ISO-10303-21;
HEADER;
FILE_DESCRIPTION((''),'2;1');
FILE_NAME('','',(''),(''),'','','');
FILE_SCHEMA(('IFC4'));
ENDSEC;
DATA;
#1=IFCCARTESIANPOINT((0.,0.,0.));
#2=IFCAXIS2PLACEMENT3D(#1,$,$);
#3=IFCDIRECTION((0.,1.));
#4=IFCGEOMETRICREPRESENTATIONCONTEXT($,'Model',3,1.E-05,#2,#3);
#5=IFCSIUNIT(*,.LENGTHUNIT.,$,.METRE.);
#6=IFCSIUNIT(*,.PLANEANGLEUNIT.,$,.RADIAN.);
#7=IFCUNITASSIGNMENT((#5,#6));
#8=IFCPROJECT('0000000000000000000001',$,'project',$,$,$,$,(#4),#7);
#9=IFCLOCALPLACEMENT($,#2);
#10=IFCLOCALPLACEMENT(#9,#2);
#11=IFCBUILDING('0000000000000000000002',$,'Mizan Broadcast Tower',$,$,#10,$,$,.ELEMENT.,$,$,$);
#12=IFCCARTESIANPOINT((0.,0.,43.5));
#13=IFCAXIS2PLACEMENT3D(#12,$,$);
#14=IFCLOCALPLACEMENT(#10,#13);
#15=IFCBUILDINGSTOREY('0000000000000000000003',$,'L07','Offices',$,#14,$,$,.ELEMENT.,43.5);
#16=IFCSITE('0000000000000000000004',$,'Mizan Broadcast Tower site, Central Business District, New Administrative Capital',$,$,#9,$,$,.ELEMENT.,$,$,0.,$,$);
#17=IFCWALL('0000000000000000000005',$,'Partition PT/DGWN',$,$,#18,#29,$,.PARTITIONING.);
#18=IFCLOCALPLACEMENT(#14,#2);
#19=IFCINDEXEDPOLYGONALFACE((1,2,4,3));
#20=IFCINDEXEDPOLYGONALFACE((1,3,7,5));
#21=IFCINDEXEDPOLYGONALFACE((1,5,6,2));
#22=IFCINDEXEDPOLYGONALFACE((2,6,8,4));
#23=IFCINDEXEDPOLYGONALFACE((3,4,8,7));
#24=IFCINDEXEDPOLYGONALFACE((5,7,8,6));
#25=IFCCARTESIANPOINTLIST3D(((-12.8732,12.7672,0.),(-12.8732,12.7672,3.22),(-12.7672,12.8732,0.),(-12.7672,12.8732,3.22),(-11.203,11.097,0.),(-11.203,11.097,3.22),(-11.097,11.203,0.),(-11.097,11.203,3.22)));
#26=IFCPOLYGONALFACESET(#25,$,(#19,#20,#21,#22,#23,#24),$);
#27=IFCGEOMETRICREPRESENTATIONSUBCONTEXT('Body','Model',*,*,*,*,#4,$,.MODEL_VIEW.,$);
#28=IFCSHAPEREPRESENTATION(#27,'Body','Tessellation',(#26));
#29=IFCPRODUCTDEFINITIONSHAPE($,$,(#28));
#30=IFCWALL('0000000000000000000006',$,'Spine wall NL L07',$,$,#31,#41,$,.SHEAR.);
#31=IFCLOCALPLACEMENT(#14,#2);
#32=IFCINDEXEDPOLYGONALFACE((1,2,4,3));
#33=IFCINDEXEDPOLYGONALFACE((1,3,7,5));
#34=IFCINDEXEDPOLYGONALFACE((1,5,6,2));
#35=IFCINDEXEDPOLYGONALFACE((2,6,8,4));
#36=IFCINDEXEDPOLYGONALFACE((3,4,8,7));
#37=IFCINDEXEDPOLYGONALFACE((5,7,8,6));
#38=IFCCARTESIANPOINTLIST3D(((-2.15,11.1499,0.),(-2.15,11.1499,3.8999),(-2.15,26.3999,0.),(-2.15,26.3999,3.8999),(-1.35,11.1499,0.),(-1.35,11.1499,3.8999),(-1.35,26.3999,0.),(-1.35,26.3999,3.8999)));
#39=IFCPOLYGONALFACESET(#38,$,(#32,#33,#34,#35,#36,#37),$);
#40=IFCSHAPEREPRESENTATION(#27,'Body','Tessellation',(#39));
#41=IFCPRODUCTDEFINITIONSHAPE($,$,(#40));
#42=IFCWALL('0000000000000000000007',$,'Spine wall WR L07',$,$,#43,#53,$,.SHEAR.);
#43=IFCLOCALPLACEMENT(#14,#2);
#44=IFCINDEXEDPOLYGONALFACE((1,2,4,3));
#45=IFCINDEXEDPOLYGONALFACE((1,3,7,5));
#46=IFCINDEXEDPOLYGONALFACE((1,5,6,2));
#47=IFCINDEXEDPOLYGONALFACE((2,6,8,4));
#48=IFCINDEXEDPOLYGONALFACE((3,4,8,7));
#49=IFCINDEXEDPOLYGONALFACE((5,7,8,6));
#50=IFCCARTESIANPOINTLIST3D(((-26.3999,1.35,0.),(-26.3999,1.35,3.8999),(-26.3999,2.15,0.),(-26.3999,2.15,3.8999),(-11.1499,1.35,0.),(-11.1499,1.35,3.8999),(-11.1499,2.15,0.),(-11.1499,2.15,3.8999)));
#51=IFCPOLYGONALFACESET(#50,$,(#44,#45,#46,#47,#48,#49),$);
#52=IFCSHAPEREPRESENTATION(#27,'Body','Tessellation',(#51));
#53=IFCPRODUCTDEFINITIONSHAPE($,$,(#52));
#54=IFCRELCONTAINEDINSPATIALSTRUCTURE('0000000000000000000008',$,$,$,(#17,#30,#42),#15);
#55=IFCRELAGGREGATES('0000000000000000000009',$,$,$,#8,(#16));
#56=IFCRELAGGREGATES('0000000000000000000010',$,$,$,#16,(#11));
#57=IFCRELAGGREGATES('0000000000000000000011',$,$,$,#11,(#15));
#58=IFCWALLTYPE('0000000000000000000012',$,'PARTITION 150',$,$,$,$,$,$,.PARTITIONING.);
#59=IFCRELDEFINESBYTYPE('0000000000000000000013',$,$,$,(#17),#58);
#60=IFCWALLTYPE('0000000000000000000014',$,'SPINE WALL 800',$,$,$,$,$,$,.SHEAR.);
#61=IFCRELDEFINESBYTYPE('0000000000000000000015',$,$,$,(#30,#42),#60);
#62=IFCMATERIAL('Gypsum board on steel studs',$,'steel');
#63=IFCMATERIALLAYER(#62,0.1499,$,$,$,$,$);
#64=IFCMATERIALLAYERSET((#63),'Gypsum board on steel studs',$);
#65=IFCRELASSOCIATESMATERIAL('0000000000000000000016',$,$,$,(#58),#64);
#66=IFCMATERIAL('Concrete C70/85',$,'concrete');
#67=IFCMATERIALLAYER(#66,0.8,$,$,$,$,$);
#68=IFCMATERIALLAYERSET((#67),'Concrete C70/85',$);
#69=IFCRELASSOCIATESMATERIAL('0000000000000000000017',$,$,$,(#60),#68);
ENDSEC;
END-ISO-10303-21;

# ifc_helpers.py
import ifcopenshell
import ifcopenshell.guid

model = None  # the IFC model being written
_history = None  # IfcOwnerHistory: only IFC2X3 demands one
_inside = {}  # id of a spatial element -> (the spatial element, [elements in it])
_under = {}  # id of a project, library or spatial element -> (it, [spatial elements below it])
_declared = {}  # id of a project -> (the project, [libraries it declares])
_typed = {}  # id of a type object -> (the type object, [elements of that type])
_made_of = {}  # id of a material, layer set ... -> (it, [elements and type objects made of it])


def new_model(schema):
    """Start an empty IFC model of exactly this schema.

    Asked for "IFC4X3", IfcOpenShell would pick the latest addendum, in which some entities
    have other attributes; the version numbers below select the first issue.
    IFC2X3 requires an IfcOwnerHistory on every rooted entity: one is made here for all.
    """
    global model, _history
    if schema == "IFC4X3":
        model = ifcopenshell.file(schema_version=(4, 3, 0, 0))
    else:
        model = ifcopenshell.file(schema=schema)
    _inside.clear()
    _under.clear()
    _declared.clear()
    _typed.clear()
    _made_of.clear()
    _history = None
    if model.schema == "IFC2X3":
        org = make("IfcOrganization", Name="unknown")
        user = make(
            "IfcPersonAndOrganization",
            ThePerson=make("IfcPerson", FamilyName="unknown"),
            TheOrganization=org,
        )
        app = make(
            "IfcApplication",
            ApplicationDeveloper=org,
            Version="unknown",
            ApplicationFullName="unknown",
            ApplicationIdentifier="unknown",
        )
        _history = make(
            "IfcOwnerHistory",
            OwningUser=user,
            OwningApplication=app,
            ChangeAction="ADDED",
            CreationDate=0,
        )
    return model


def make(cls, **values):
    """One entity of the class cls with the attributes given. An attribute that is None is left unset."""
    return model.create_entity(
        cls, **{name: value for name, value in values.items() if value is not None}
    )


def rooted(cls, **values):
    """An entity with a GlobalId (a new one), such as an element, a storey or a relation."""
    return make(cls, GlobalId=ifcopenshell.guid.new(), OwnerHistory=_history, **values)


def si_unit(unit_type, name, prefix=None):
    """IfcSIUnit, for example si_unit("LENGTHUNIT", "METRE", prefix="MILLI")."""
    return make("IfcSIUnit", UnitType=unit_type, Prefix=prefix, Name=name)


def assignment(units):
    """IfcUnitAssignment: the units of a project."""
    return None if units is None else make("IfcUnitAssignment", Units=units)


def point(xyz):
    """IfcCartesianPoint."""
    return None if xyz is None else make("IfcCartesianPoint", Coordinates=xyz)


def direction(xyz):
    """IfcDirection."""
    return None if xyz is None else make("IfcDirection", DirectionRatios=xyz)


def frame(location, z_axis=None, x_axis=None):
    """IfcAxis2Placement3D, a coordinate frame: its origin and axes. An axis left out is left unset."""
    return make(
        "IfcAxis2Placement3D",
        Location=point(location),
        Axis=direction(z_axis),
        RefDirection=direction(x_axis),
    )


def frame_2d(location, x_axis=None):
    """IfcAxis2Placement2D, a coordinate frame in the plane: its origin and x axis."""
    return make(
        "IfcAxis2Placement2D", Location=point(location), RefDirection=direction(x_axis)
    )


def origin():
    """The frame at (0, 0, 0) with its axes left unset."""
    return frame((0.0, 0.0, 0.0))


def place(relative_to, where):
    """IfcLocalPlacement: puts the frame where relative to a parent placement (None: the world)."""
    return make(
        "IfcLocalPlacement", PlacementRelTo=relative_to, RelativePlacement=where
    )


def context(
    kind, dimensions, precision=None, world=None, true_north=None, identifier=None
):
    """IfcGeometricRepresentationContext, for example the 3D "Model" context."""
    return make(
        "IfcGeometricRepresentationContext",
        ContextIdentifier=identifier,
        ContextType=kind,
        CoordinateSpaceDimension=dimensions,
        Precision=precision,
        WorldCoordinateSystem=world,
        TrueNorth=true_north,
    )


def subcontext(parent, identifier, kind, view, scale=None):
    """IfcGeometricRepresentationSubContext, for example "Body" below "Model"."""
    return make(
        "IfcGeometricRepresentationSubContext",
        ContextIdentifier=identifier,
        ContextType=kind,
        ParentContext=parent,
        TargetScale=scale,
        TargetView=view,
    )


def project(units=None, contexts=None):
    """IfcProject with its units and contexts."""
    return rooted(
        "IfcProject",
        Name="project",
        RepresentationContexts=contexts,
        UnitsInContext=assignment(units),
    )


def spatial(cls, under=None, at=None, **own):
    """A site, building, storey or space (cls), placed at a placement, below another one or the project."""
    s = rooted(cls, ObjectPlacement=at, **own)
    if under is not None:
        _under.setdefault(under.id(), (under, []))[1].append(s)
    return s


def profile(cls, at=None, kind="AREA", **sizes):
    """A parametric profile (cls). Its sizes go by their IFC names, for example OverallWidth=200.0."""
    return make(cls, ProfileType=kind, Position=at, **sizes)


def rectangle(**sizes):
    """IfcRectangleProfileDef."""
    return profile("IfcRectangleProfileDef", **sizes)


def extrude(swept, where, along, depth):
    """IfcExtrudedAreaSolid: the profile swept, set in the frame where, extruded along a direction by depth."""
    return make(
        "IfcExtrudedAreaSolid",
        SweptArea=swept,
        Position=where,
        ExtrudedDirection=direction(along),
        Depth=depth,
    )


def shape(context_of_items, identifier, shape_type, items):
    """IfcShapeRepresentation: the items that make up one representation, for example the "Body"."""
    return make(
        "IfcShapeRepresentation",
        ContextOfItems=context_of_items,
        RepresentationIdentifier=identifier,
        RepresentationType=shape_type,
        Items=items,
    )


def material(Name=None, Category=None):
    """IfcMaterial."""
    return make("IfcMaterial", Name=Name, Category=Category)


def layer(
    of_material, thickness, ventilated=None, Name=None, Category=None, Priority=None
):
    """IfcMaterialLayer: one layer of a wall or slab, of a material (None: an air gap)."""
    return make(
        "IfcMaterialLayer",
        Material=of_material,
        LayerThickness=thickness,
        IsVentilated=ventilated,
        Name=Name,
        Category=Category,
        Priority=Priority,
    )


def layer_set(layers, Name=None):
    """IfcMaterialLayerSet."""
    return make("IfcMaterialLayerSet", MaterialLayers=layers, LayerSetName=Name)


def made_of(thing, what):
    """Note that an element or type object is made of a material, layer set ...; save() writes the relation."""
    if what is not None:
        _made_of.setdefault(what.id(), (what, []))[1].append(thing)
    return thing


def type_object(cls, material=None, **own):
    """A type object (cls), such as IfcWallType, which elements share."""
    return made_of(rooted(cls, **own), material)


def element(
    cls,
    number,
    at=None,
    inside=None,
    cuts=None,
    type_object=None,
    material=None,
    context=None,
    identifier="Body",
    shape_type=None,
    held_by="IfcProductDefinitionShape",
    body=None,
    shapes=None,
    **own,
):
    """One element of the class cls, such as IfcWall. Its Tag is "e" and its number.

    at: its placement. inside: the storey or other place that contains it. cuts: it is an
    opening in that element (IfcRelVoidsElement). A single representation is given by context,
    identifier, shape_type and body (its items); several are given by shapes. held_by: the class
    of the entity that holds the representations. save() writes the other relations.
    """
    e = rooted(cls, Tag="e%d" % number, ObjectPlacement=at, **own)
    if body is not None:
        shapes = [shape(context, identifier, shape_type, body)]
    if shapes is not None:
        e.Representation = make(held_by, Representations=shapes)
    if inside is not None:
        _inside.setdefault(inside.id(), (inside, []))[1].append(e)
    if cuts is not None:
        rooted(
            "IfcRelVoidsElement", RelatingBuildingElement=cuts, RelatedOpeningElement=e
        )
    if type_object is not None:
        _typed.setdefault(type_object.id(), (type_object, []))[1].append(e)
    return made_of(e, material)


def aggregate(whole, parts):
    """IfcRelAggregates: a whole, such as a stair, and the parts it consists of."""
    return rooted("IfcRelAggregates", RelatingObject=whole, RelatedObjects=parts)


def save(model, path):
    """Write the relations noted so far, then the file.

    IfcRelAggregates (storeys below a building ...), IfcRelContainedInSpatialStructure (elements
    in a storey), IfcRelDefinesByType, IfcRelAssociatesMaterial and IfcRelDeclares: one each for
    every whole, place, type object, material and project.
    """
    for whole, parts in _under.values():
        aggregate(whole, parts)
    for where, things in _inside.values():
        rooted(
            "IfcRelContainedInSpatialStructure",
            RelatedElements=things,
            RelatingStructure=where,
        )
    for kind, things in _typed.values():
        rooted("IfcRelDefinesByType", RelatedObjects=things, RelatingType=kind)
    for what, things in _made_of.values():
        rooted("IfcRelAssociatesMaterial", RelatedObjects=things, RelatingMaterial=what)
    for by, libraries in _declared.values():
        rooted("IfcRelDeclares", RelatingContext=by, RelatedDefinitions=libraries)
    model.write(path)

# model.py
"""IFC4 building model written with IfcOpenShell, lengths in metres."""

from ifc_helpers import new_model, si_unit, direction, frame, frame_2d, origin, place, context, subcontext, project, spatial, rectangle, extrude, material, layer, layer_set, type_object, element, save


model = new_model("IFC4")

# Units and contexts
model_context = context("Model", 3, precision=1e-05, world=origin(), true_north=direction((0.0, 1.0)))
body_context = subcontext(model_context, "Body", "Model", "MODEL_VIEW")
ifc_project = project(units=[si_unit("LENGTHUNIT", "METRE"), si_unit("PLANEANGLEUNIT", "RADIAN")], contexts=[model_context])

# Site, building, storey
site_placement = place(None, origin())
site = spatial("IfcSite", under=ifc_project, at=site_placement, Name="Mizan Broadcast Tower site, Central Business District, New Administrative Capital", CompositionType="ELEMENT", RefElevation=0.0)
building_placement = place(site_placement, origin())
building = spatial("IfcBuilding", under=site, at=building_placement, Name="Mizan Broadcast Tower", CompositionType="ELEMENT")
storey_placement = place(building_placement, frame((0.0, 0.0, 43.5)))
storey = spatial("IfcBuildingStorey", under=building, at=storey_placement, Name="L07", Description="Offices", CompositionType="ELEMENT", Elevation=43.5)

# Walls
ifc_material_1 = material(Name="Gypsum board on steel studs", Category="steel")
ifc_layer_1 = layer(ifc_material_1, 0.1499)
ifc_layer_set_1 = layer_set([ifc_layer_1], Name="Gypsum board on steel studs")
wall_type_1 = type_object("IfcWallType", Name="PARTITION 150", PredefinedType="PARTITIONING", material=ifc_layer_set_1)
wall_1_placement = place(storey_placement, frame((-11.1499, 11.1499, 0.0), z_axis=(0.0, 0.0, 1.0), x_axis=(-0.707107, 0.707107, 0.0)))
element("IfcWall", 1, at=wall_1_placement, inside=storey, type_object=wall_type_1, Name="Partition PT/DGWN", PredefinedType="PARTITIONING", context=body_context, shape_type="SweptSolid", body=[
    extrude(rectangle(XDim=2.3621, YDim=0.1499, at=frame_2d((1.1812, 0.0))), origin(), (0.0, 0.0, 1.0), 3.22),
])
ifc_material_2 = material(Name="Concrete C70/85", Category="concrete")
ifc_layer_2 = layer(ifc_material_2, 0.8)
ifc_layer_set_2 = layer_set([ifc_layer_2], Name="Concrete C70/85")
wall_type_2 = type_object("IfcWallType", Name="SPINE WALL 800", PredefinedType="SHEAR", material=ifc_layer_set_2)
for number, where, z_axis, x_axis, name in (
    (2, (-1.75, 11.1499, 0.0), (0.0, 0.0, 1.0), (0.0, 1.0, 0.0), "Spine wall NL L07"),
    (3, (-11.1499, 1.75, 0.0), (0.0, 0.0, 1.0), (-1.0, 0.0, 0.0), "Spine wall WR L07"),
):
    element("IfcWall", number, at=place(storey_placement, frame(where, z_axis=z_axis, x_axis=x_axis)), inside=storey, type_object=wall_type_2, Name=name, PredefinedType="SHEAR", context=body_context, shape_type="SweptSolid", body=[
        extrude(rectangle(XDim=15.25, YDim=0.8, at=frame_2d((7.625, 0.0))), origin(), (0.0, 0.0, 1.0), 3.8999),
    ])

save(model, "model.ifc")
